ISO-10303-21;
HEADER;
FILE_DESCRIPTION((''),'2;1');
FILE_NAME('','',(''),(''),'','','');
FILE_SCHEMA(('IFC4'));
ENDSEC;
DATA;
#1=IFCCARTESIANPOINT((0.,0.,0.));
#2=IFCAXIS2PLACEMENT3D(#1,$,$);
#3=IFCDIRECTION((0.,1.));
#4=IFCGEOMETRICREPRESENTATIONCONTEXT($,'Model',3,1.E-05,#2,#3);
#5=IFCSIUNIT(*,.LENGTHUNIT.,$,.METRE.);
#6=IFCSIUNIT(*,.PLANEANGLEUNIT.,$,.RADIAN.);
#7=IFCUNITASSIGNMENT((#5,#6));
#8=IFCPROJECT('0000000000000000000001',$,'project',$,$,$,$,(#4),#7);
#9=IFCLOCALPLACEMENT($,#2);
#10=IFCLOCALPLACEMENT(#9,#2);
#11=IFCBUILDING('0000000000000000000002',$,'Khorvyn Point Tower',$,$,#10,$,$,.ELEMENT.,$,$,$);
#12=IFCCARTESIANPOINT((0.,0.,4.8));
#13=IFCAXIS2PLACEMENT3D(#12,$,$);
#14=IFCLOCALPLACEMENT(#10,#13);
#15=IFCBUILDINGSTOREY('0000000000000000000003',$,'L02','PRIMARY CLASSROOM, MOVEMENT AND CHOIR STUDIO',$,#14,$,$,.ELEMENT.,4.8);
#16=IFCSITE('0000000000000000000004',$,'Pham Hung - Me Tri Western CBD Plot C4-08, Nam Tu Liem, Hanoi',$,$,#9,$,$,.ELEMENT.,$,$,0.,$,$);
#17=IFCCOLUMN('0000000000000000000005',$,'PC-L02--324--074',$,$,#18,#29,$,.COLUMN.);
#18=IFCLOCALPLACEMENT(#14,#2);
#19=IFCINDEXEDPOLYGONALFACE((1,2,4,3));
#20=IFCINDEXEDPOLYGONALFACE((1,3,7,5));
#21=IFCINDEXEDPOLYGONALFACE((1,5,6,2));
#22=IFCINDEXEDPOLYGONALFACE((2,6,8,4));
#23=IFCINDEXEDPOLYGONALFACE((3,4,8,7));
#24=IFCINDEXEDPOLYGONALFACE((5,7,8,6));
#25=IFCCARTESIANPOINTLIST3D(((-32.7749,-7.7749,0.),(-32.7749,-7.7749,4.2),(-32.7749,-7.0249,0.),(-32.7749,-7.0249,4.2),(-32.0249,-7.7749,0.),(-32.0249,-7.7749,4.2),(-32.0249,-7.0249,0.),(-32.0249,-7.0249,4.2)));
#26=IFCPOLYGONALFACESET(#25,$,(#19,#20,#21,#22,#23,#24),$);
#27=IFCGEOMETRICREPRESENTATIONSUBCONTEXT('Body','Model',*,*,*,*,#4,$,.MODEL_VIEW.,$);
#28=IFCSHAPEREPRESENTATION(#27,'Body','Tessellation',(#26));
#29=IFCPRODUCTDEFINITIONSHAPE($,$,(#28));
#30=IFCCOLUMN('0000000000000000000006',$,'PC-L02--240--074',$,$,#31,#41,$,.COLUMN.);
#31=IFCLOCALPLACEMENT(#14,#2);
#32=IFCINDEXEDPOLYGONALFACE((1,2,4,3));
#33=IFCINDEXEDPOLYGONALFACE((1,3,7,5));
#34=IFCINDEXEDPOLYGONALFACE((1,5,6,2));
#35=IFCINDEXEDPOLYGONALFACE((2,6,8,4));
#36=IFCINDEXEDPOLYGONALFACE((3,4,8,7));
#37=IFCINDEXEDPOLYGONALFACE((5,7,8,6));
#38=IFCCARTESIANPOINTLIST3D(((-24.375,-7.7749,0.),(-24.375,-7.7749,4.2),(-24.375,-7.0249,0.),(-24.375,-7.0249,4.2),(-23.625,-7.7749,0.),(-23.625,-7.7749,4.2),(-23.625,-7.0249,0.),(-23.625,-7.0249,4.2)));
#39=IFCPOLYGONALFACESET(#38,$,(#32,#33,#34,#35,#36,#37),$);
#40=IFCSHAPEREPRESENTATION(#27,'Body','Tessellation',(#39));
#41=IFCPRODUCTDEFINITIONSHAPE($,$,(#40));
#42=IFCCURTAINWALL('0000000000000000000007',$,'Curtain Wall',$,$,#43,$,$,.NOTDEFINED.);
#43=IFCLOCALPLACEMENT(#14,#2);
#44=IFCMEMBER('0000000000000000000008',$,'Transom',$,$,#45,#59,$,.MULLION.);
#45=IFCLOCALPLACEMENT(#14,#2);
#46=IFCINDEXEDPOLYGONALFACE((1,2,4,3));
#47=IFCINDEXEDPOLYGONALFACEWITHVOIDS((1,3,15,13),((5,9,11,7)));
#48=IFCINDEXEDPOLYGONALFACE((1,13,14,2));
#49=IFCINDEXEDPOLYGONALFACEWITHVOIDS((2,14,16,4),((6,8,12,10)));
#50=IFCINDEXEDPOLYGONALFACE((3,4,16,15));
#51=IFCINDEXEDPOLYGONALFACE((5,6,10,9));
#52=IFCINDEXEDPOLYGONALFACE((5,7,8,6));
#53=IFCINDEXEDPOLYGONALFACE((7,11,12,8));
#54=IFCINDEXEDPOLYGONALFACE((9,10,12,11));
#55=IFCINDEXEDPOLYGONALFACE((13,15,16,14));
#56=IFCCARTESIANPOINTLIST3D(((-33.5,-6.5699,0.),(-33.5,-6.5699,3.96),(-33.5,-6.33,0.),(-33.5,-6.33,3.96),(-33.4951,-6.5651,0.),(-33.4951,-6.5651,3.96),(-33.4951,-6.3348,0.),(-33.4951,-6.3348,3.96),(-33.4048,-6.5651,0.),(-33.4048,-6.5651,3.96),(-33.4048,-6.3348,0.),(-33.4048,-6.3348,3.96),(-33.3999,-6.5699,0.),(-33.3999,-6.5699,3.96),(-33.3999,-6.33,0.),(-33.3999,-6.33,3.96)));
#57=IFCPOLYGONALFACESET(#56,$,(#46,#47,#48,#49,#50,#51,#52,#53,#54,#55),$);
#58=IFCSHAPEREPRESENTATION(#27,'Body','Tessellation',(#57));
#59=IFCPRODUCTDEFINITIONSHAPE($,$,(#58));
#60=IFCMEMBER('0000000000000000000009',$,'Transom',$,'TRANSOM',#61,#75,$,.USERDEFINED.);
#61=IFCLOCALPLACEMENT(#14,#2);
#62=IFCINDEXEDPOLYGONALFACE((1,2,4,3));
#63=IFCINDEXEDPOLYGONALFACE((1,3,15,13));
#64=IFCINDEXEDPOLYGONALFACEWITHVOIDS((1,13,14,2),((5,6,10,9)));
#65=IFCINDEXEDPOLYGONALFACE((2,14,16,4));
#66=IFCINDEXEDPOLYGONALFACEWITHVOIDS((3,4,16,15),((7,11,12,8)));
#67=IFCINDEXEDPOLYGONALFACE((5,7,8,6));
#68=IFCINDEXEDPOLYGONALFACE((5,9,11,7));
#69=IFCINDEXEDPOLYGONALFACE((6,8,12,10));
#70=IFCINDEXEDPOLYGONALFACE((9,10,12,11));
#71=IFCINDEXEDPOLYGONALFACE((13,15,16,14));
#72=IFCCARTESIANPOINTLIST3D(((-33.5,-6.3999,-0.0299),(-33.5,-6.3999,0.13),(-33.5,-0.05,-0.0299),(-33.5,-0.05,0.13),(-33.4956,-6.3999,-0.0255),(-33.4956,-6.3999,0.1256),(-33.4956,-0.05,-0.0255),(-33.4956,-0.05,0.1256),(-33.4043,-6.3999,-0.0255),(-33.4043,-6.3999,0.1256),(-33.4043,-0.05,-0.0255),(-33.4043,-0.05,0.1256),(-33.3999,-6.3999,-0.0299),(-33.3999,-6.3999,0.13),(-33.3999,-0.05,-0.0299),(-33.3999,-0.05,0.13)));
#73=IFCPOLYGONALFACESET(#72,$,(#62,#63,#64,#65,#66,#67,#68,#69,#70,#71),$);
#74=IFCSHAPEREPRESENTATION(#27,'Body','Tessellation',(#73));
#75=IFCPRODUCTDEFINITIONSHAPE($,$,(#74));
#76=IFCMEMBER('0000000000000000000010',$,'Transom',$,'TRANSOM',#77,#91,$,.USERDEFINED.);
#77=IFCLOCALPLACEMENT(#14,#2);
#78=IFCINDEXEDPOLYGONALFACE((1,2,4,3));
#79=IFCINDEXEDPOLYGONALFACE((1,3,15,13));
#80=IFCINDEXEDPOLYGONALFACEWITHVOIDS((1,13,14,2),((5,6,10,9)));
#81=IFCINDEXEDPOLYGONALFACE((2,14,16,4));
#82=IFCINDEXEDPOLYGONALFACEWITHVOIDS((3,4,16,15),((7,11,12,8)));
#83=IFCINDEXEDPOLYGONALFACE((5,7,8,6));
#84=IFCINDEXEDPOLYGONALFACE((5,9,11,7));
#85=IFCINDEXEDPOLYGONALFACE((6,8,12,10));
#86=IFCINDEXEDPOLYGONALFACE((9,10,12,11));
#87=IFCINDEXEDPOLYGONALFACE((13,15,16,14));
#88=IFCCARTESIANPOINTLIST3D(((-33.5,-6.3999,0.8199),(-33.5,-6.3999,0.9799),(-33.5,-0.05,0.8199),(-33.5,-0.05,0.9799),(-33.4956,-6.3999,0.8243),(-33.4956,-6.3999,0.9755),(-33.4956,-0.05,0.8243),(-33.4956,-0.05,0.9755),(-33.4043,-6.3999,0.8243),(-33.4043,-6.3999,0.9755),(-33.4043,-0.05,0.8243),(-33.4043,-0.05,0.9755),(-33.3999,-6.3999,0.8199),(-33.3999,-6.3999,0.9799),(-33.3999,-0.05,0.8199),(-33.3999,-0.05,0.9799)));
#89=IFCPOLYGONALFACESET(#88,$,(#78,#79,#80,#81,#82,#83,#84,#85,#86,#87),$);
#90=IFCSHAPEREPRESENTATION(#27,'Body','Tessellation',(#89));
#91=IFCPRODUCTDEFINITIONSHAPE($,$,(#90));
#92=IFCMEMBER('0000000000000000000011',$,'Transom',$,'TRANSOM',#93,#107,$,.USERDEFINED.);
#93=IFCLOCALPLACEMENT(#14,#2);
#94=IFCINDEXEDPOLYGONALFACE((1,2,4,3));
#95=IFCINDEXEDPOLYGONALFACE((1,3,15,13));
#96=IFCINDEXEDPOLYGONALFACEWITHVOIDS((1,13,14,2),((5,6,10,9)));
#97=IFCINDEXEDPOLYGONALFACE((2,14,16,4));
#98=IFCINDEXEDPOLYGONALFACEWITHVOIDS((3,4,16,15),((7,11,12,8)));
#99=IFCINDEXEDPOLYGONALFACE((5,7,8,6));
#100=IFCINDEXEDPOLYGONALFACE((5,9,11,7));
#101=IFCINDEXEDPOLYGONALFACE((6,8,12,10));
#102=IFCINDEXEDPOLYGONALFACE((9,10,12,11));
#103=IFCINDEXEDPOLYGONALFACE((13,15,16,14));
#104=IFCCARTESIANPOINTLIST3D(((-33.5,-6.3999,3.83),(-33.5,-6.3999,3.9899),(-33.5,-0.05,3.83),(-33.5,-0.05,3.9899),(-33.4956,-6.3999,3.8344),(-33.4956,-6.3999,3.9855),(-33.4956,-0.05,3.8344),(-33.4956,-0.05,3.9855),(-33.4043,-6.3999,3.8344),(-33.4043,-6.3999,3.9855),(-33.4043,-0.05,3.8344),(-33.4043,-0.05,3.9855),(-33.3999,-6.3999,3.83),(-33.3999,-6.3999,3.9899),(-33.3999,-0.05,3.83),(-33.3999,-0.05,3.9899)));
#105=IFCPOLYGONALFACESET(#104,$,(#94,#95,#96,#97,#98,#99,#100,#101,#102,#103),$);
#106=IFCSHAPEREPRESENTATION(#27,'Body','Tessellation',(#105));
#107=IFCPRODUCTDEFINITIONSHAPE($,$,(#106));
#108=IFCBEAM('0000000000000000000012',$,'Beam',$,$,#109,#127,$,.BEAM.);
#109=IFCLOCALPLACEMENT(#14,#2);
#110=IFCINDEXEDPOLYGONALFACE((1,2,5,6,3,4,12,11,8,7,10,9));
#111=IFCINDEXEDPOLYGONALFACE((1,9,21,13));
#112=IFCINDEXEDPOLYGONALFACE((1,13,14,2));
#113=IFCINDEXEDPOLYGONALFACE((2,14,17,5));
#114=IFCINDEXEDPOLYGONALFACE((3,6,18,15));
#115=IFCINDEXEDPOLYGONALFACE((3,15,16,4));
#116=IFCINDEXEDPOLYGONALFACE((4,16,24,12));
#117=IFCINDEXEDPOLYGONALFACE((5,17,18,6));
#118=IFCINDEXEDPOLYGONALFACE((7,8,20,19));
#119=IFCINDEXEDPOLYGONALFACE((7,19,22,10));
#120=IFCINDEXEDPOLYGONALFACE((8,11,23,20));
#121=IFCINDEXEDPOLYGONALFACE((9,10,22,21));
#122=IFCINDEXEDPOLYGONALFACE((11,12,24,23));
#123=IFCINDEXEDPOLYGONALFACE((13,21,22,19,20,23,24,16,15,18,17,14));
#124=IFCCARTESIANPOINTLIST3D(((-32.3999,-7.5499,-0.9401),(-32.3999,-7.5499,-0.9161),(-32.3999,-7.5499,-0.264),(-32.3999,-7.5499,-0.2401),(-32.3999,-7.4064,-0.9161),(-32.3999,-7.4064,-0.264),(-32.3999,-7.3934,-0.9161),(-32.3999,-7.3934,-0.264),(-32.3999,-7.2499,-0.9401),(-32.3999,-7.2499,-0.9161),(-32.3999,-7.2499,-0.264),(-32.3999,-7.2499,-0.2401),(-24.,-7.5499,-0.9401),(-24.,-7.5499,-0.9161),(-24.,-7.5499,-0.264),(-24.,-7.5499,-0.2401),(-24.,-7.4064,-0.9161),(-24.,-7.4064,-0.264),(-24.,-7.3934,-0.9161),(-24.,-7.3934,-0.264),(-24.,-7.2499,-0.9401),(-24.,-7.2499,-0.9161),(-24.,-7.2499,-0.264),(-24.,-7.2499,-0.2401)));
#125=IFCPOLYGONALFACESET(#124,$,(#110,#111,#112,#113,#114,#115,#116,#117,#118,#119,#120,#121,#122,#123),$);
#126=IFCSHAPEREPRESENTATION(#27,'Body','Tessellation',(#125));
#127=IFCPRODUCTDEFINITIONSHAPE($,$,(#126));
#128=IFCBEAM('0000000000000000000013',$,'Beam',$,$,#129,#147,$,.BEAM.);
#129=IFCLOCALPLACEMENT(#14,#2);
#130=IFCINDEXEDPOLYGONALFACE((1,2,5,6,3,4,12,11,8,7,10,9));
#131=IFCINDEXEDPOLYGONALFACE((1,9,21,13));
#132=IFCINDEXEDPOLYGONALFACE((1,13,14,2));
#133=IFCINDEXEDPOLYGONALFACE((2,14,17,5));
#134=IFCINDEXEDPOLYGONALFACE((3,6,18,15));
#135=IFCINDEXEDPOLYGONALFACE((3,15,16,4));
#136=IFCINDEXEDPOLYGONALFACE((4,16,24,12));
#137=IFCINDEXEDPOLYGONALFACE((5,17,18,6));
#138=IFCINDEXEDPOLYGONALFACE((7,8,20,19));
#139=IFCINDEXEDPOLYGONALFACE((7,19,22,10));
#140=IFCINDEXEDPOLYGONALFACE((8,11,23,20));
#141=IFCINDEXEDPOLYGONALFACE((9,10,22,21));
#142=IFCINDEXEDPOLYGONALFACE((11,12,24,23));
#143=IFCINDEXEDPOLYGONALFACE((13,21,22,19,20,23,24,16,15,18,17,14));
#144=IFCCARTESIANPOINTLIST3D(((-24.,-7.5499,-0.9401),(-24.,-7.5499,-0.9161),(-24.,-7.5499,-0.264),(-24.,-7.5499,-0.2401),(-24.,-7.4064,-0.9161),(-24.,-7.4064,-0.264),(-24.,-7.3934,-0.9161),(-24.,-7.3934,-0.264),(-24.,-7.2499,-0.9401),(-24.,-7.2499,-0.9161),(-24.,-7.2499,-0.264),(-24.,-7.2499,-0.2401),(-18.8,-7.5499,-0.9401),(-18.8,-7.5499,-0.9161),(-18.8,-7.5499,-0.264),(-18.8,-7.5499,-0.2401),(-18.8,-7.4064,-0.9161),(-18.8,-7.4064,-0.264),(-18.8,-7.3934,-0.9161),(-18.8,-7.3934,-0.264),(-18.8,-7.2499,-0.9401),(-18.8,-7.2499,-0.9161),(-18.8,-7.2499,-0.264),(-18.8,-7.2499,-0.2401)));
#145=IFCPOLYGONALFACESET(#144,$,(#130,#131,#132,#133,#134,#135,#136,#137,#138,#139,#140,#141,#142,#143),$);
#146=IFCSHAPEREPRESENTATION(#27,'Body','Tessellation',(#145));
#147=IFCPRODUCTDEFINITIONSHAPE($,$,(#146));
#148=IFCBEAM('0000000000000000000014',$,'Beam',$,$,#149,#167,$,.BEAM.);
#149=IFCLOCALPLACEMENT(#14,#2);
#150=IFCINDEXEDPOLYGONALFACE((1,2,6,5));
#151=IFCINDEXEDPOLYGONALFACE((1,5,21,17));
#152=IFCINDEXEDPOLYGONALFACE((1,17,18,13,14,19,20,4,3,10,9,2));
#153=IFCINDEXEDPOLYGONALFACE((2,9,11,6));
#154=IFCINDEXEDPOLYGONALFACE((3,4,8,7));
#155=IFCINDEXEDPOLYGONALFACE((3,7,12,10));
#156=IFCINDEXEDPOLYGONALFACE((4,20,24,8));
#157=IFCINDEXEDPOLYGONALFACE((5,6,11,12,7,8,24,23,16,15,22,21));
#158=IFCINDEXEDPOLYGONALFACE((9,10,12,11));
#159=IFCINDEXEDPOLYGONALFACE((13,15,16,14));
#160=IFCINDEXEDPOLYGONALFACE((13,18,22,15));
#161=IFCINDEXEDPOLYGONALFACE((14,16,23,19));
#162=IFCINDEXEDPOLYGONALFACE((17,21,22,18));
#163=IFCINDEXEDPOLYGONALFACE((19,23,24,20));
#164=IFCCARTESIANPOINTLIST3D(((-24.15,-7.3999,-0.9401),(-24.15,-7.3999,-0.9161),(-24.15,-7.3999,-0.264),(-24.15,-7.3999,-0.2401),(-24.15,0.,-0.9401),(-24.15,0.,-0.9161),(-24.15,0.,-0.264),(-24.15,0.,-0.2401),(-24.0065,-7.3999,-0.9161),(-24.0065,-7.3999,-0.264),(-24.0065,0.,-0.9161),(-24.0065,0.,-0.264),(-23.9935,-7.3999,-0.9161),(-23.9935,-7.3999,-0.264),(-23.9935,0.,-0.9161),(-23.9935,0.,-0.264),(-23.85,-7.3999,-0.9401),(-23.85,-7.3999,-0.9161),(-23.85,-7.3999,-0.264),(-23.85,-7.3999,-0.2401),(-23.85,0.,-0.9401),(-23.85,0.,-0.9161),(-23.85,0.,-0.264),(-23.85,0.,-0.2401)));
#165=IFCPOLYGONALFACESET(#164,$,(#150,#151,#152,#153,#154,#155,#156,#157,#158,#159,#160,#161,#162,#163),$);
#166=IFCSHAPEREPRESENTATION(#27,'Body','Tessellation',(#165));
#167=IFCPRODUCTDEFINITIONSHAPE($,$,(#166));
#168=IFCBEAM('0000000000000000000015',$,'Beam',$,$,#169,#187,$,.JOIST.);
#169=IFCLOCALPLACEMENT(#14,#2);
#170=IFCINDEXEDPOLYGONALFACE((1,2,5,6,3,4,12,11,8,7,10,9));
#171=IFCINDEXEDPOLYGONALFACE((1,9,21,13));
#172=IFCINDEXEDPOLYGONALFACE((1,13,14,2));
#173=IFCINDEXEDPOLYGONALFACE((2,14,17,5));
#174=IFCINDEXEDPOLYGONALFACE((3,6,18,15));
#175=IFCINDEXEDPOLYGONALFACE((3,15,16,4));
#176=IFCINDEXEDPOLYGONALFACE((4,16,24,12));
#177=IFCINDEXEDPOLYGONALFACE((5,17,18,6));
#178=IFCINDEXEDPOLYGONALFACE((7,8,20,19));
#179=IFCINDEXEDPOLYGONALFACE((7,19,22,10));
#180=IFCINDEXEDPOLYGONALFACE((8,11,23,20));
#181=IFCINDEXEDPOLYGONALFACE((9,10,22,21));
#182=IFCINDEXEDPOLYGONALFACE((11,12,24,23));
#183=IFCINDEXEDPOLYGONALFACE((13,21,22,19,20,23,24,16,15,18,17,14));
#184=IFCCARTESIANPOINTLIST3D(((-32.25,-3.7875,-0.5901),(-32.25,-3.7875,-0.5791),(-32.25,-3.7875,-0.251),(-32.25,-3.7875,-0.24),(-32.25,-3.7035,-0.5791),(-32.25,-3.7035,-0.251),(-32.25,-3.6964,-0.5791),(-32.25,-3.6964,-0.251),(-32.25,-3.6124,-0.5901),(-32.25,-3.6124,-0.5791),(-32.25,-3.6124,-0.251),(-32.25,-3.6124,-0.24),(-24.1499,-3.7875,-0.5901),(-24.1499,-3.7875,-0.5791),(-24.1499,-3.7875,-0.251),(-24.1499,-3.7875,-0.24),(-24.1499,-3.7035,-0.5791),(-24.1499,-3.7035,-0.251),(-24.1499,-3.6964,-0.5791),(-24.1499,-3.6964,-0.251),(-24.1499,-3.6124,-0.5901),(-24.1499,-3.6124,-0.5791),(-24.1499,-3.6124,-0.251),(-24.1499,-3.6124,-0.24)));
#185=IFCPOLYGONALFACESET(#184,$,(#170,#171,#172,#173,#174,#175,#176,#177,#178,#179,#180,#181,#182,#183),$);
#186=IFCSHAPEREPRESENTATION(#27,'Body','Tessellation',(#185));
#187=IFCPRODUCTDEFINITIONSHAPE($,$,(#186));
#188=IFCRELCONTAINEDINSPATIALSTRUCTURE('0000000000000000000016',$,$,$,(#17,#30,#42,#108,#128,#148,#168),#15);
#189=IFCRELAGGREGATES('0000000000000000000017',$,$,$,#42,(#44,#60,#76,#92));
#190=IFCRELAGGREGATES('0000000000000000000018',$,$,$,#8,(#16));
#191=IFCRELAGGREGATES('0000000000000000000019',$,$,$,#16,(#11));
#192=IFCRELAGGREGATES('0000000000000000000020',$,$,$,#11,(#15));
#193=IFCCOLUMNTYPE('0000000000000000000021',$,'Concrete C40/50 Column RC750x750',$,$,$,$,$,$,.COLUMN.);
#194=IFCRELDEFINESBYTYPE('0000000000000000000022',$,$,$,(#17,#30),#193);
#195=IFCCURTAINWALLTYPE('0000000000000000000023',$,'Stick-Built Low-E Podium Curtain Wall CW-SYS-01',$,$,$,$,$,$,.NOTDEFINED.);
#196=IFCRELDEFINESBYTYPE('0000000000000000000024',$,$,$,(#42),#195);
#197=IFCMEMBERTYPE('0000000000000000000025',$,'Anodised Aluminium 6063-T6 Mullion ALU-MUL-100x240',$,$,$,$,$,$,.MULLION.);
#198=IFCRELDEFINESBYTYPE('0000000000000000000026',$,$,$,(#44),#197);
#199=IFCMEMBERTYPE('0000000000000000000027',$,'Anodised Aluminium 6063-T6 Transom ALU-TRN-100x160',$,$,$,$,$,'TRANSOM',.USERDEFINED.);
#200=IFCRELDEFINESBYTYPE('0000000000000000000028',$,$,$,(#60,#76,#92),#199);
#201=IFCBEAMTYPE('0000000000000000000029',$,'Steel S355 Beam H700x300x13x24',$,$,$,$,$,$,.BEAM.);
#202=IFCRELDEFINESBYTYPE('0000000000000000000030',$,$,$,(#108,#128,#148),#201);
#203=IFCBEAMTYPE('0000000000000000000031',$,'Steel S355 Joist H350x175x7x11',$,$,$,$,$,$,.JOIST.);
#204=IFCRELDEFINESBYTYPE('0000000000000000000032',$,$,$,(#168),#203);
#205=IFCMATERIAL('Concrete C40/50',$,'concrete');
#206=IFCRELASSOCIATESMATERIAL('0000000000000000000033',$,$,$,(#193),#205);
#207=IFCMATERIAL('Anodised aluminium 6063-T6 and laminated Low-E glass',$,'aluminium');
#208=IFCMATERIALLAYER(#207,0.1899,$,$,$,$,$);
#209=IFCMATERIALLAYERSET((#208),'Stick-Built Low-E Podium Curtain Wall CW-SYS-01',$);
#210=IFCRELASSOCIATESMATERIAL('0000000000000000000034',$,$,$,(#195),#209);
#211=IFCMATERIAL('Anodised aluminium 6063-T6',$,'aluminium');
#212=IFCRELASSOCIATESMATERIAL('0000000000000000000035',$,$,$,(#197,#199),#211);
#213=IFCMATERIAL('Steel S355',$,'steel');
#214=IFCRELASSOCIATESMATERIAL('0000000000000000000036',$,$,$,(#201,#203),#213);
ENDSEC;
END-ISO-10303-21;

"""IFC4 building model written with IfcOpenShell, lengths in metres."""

from ifc_helpers import new_model, si_unit, direction, frame, origin, origin_2d, place, context, subcontext, project, spatial, rectangle, hollow_rectangle, i_section, extrude, material, layer, layer_set, material_profile, profile_set, type_object, element, aggregate, save


model = new_model("IFC4")

# Units and contexts
model_context = context("Model", 3, precision=1e-05, world=origin(), true_north=direction((0.0, 1.0)))
body_context = subcontext(model_context, "Body", "Model", "MODEL_VIEW")
ifc_project = project(units=[si_unit("LENGTHUNIT", "METRE"), si_unit("PLANEANGLEUNIT", "RADIAN")], contexts=[model_context])

# Site, building, storey
site_placement = place(None, origin())
site = spatial("IfcSite", under=ifc_project, at=site_placement, Name="Pham Hung - Me Tri Western CBD Plot C4-08, Nam Tu Liem, Hanoi", CompositionType="ELEMENT", RefElevation=0.0)
building_placement = place(site_placement, origin())
building = spatial("IfcBuilding", under=site, at=building_placement, Name="Khorvyn Point Tower", CompositionType="ELEMENT")
storey_placement = place(building_placement, frame((0.0, 0.0, 4.8)))
storey = spatial("IfcBuildingStorey", under=building, at=storey_placement, Name="L02", Description="PRIMARY CLASSROOM, MOVEMENT AND CHOIR STUDIO", CompositionType="ELEMENT", Elevation=4.8)

# Columns
ifc_material_1 = material(Name="Concrete C40/50", Category="concrete")
ifc_material_profile_1 = material_profile(ifc_material_1, rectangle(XDim=0.75, YDim=0.75, at=origin_2d()))
ifc_profile_set_1 = profile_set([ifc_material_profile_1], Name="Concrete C40/50 RC750x750")
column_type = type_object("IfcColumnType", Name="Concrete C40/50 Column RC750x750", PredefinedType="COLUMN", material=ifc_profile_set_1)
for number, where, z_axis, x_axis, name in (
    (1, (-32.3999, -7.3999, 0.0), (0.0, 0.0, 1.0), (1.0, 0.0, 0.0), "PC-L02--324--074"),
    (2, (-24.0, -7.3999, 0.0), (0.0, 0.0, 1.0), (1.0, 0.0, 0.0), "PC-L02--240--074"),
):
    element("IfcColumn", number, at=place(storey_placement, frame(where, z_axis=z_axis, x_axis=x_axis)), inside=storey, type_object=column_type, Name=name, PredefinedType="COLUMN", context=body_context, shape_type="SweptSolid", body=[
        extrude(rectangle(XDim=0.75, YDim=0.75, at=origin_2d()), origin(), (0.0, 0.0, 1.0), 4.2),
    ])

# Curtain wall, members
ifc_material_2 = material(Name="Anodised aluminium 6063-T6 and laminated Low-E glass", Category="aluminium")
ifc_layer_1 = layer(ifc_material_2, 0.1899)
ifc_layer_set_1 = layer_set([ifc_layer_1], Name="Stick-Built Low-E Podium Curtain Wall CW-SYS-01")
curtain_wall_type = type_object("IfcCurtainWallType", Name="Stick-Built Low-E Podium Curtain Wall CW-SYS-01", PredefinedType="NOTDEFINED", material=ifc_layer_set_1)
curtain_wall_placement = place(storey_placement, origin())
curtain_wall = element("IfcCurtainWall", 3, at=curtain_wall_placement, inside=storey, type_object=curtain_wall_type, Name="Curtain Wall", PredefinedType="NOTDEFINED")
ifc_material_3 = material(Name="Anodised aluminium 6063-T6", Category="aluminium")
ifc_material_profile_2 = material_profile(ifc_material_3, hollow_rectangle(XDim=0.1001, YDim=0.24, WallThickness=0.0049, at=origin_2d()))
ifc_profile_set_2 = profile_set([ifc_material_profile_2], Name="Anodised aluminium 6063-T6 ALU-MUL-100x240")
member_type_1 = type_object("IfcMemberType", Name="Anodised Aluminium 6063-T6 Mullion ALU-MUL-100x240", PredefinedType="MULLION", material=ifc_profile_set_2)
member_1_placement = place(storey_placement, frame((-33.45, -6.45, 0.0), z_axis=(0.0, 0.0, 1.0), x_axis=(-1.0, 0.0, 0.0)))
member_1 = element("IfcMember", 4, at=member_1_placement, type_object=member_type_1, Name="Transom", PredefinedType="MULLION", context=body_context, shape_type="SweptSolid", body=[
    extrude(hollow_rectangle(XDim=0.1001, YDim=0.24, WallThickness=0.0049, at=origin_2d()), origin(), (0.0, 0.0, 1.0), 3.96),
])
ifc_material_profile_3 = material_profile(ifc_material_3, hollow_rectangle(XDim=0.1001, YDim=0.1599, WallThickness=0.0044, at=origin_2d()))
ifc_profile_set_3 = profile_set([ifc_material_profile_3], Name="Anodised aluminium 6063-T6 ALU-TRN-100x160")
member_type_2 = type_object("IfcMemberType", Name="Anodised Aluminium 6063-T6 Transom ALU-TRN-100x160", ElementType="TRANSOM", PredefinedType="USERDEFINED", material=ifc_profile_set_3)
member_2_placement = place(storey_placement, frame((-33.45, -6.3999, 0.05), z_axis=(0.0, 1.0, 0.0), x_axis=(-1.0, 0.0, 0.0)))
member_2 = element("IfcMember", 5, at=member_2_placement, type_object=member_type_2, Name="Transom", ObjectType="TRANSOM", PredefinedType="USERDEFINED", context=body_context, shape_type="SweptSolid", body=[
    extrude(hollow_rectangle(XDim=0.1001, YDim=0.1599, WallThickness=0.0044, at=origin_2d()), origin(), (0.0, 0.0, 1.0), 6.3499),
])
member_3_placement = place(storey_placement, frame((-33.45, -6.3999, 0.8999), z_axis=(0.0, 1.0, 0.0), x_axis=(-1.0, 0.0, 0.0)))
member_3 = element("IfcMember", 6, at=member_3_placement, type_object=member_type_2, Name="Transom", ObjectType="TRANSOM", PredefinedType="USERDEFINED", context=body_context, shape_type="SweptSolid", body=[
    extrude(hollow_rectangle(XDim=0.1001, YDim=0.1599, WallThickness=0.0044, at=origin_2d()), origin(), (0.0, 0.0, 1.0), 6.3499),
])
member_4_placement = place(storey_placement, frame((-33.45, -6.3999, 3.9099), z_axis=(0.0, 1.0, 0.0), x_axis=(-1.0, 0.0, 0.0)))
member_4 = element("IfcMember", 7, at=member_4_placement, type_object=member_type_2, Name="Transom", ObjectType="TRANSOM", PredefinedType="USERDEFINED", context=body_context, shape_type="SweptSolid", body=[
    extrude(hollow_rectangle(XDim=0.1001, YDim=0.1599, WallThickness=0.0044, at=origin_2d()), origin(), (0.0, 0.0, 1.0), 6.3499),
])

# Beams
ifc_material_4 = material(Name="Steel S355", Category="steel")
ifc_material_profile_4 = material_profile(ifc_material_4, i_section(OverallWidth=0.3, OverallDepth=0.7, WebThickness=0.0129, FlangeThickness=0.0239, at=origin_2d()))
ifc_profile_set_4 = profile_set([ifc_material_profile_4], Name="Steel S355 H700x300x13x24")
beam_type_1 = type_object("IfcBeamType", Name="Steel S355 Beam H700x300x13x24", PredefinedType="BEAM", material=ifc_profile_set_4)
beam_1_placement = place(storey_placement, frame((-32.3999, -7.3999, -0.5901), z_axis=(1.0, 0.0, 0.0), x_axis=(0.0, 1.0, 0.0)))
element("IfcBeam", 8, at=beam_1_placement, inside=storey, type_object=beam_type_1, Name="Beam", PredefinedType="BEAM", context=body_context, shape_type="SweptSolid", body=[
    extrude(i_section(OverallWidth=0.3, OverallDepth=0.7, WebThickness=0.0129, FlangeThickness=0.0239, at=origin_2d()), origin(), (0.0, 0.0, 1.0), 8.3999),
])
beam_2_placement = place(storey_placement, frame((-24.0, -7.3999, -0.5901), z_axis=(1.0, 0.0, 0.0), x_axis=(0.0, 1.0, 0.0)))
element("IfcBeam", 9, at=beam_2_placement, inside=storey, type_object=beam_type_1, Name="Beam", PredefinedType="BEAM", context=body_context, shape_type="SweptSolid", body=[
    extrude(i_section(OverallWidth=0.3, OverallDepth=0.7, WebThickness=0.0129, FlangeThickness=0.0239, at=origin_2d()), origin(), (0.0, 0.0, 1.0), 5.2),
])
beam_3_placement = place(storey_placement, frame((-24.0, -7.3999, -0.5901), z_axis=(0.0, 1.0, 0.0), x_axis=(-1.0, 0.0, 0.0)))
element("IfcBeam", 10, at=beam_3_placement, inside=storey, type_object=beam_type_1, Name="Beam", PredefinedType="BEAM", context=body_context, shape_type="SweptSolid", body=[
    extrude(i_section(OverallWidth=0.3, OverallDepth=0.7, WebThickness=0.0129, FlangeThickness=0.0239, at=origin_2d()), origin(), (0.0, 0.0, 1.0), 7.3999),
])
ifc_material_profile_5 = material_profile(ifc_material_4, i_section(OverallWidth=0.175, OverallDepth=0.3501, WebThickness=0.0071, FlangeThickness=0.011, at=origin_2d()))
ifc_profile_set_5 = profile_set([ifc_material_profile_5], Name="Steel S355 H350x175x7x11")
beam_type_2 = type_object("IfcBeamType", Name="Steel S355 Joist H350x175x7x11", PredefinedType="JOIST", material=ifc_profile_set_5)
beam_4_placement = place(storey_placement, frame((-32.25, -3.7, -0.415), z_axis=(1.0, 0.0, 0.0), x_axis=(0.0, 1.0, 0.0)))
element("IfcBeam", 11, at=beam_4_placement, inside=storey, type_object=beam_type_2, Name="Beam", PredefinedType="JOIST", context=body_context, shape_type="SweptSolid", body=[
    extrude(i_section(OverallWidth=0.175, OverallDepth=0.3501, WebThickness=0.0071, FlangeThickness=0.011, at=origin_2d()), origin(), (0.0, 0.0, 1.0), 8.1001),
])

aggregate(curtain_wall, [member_1, member_2, member_3, member_4])

save(model, "model.ifc")
